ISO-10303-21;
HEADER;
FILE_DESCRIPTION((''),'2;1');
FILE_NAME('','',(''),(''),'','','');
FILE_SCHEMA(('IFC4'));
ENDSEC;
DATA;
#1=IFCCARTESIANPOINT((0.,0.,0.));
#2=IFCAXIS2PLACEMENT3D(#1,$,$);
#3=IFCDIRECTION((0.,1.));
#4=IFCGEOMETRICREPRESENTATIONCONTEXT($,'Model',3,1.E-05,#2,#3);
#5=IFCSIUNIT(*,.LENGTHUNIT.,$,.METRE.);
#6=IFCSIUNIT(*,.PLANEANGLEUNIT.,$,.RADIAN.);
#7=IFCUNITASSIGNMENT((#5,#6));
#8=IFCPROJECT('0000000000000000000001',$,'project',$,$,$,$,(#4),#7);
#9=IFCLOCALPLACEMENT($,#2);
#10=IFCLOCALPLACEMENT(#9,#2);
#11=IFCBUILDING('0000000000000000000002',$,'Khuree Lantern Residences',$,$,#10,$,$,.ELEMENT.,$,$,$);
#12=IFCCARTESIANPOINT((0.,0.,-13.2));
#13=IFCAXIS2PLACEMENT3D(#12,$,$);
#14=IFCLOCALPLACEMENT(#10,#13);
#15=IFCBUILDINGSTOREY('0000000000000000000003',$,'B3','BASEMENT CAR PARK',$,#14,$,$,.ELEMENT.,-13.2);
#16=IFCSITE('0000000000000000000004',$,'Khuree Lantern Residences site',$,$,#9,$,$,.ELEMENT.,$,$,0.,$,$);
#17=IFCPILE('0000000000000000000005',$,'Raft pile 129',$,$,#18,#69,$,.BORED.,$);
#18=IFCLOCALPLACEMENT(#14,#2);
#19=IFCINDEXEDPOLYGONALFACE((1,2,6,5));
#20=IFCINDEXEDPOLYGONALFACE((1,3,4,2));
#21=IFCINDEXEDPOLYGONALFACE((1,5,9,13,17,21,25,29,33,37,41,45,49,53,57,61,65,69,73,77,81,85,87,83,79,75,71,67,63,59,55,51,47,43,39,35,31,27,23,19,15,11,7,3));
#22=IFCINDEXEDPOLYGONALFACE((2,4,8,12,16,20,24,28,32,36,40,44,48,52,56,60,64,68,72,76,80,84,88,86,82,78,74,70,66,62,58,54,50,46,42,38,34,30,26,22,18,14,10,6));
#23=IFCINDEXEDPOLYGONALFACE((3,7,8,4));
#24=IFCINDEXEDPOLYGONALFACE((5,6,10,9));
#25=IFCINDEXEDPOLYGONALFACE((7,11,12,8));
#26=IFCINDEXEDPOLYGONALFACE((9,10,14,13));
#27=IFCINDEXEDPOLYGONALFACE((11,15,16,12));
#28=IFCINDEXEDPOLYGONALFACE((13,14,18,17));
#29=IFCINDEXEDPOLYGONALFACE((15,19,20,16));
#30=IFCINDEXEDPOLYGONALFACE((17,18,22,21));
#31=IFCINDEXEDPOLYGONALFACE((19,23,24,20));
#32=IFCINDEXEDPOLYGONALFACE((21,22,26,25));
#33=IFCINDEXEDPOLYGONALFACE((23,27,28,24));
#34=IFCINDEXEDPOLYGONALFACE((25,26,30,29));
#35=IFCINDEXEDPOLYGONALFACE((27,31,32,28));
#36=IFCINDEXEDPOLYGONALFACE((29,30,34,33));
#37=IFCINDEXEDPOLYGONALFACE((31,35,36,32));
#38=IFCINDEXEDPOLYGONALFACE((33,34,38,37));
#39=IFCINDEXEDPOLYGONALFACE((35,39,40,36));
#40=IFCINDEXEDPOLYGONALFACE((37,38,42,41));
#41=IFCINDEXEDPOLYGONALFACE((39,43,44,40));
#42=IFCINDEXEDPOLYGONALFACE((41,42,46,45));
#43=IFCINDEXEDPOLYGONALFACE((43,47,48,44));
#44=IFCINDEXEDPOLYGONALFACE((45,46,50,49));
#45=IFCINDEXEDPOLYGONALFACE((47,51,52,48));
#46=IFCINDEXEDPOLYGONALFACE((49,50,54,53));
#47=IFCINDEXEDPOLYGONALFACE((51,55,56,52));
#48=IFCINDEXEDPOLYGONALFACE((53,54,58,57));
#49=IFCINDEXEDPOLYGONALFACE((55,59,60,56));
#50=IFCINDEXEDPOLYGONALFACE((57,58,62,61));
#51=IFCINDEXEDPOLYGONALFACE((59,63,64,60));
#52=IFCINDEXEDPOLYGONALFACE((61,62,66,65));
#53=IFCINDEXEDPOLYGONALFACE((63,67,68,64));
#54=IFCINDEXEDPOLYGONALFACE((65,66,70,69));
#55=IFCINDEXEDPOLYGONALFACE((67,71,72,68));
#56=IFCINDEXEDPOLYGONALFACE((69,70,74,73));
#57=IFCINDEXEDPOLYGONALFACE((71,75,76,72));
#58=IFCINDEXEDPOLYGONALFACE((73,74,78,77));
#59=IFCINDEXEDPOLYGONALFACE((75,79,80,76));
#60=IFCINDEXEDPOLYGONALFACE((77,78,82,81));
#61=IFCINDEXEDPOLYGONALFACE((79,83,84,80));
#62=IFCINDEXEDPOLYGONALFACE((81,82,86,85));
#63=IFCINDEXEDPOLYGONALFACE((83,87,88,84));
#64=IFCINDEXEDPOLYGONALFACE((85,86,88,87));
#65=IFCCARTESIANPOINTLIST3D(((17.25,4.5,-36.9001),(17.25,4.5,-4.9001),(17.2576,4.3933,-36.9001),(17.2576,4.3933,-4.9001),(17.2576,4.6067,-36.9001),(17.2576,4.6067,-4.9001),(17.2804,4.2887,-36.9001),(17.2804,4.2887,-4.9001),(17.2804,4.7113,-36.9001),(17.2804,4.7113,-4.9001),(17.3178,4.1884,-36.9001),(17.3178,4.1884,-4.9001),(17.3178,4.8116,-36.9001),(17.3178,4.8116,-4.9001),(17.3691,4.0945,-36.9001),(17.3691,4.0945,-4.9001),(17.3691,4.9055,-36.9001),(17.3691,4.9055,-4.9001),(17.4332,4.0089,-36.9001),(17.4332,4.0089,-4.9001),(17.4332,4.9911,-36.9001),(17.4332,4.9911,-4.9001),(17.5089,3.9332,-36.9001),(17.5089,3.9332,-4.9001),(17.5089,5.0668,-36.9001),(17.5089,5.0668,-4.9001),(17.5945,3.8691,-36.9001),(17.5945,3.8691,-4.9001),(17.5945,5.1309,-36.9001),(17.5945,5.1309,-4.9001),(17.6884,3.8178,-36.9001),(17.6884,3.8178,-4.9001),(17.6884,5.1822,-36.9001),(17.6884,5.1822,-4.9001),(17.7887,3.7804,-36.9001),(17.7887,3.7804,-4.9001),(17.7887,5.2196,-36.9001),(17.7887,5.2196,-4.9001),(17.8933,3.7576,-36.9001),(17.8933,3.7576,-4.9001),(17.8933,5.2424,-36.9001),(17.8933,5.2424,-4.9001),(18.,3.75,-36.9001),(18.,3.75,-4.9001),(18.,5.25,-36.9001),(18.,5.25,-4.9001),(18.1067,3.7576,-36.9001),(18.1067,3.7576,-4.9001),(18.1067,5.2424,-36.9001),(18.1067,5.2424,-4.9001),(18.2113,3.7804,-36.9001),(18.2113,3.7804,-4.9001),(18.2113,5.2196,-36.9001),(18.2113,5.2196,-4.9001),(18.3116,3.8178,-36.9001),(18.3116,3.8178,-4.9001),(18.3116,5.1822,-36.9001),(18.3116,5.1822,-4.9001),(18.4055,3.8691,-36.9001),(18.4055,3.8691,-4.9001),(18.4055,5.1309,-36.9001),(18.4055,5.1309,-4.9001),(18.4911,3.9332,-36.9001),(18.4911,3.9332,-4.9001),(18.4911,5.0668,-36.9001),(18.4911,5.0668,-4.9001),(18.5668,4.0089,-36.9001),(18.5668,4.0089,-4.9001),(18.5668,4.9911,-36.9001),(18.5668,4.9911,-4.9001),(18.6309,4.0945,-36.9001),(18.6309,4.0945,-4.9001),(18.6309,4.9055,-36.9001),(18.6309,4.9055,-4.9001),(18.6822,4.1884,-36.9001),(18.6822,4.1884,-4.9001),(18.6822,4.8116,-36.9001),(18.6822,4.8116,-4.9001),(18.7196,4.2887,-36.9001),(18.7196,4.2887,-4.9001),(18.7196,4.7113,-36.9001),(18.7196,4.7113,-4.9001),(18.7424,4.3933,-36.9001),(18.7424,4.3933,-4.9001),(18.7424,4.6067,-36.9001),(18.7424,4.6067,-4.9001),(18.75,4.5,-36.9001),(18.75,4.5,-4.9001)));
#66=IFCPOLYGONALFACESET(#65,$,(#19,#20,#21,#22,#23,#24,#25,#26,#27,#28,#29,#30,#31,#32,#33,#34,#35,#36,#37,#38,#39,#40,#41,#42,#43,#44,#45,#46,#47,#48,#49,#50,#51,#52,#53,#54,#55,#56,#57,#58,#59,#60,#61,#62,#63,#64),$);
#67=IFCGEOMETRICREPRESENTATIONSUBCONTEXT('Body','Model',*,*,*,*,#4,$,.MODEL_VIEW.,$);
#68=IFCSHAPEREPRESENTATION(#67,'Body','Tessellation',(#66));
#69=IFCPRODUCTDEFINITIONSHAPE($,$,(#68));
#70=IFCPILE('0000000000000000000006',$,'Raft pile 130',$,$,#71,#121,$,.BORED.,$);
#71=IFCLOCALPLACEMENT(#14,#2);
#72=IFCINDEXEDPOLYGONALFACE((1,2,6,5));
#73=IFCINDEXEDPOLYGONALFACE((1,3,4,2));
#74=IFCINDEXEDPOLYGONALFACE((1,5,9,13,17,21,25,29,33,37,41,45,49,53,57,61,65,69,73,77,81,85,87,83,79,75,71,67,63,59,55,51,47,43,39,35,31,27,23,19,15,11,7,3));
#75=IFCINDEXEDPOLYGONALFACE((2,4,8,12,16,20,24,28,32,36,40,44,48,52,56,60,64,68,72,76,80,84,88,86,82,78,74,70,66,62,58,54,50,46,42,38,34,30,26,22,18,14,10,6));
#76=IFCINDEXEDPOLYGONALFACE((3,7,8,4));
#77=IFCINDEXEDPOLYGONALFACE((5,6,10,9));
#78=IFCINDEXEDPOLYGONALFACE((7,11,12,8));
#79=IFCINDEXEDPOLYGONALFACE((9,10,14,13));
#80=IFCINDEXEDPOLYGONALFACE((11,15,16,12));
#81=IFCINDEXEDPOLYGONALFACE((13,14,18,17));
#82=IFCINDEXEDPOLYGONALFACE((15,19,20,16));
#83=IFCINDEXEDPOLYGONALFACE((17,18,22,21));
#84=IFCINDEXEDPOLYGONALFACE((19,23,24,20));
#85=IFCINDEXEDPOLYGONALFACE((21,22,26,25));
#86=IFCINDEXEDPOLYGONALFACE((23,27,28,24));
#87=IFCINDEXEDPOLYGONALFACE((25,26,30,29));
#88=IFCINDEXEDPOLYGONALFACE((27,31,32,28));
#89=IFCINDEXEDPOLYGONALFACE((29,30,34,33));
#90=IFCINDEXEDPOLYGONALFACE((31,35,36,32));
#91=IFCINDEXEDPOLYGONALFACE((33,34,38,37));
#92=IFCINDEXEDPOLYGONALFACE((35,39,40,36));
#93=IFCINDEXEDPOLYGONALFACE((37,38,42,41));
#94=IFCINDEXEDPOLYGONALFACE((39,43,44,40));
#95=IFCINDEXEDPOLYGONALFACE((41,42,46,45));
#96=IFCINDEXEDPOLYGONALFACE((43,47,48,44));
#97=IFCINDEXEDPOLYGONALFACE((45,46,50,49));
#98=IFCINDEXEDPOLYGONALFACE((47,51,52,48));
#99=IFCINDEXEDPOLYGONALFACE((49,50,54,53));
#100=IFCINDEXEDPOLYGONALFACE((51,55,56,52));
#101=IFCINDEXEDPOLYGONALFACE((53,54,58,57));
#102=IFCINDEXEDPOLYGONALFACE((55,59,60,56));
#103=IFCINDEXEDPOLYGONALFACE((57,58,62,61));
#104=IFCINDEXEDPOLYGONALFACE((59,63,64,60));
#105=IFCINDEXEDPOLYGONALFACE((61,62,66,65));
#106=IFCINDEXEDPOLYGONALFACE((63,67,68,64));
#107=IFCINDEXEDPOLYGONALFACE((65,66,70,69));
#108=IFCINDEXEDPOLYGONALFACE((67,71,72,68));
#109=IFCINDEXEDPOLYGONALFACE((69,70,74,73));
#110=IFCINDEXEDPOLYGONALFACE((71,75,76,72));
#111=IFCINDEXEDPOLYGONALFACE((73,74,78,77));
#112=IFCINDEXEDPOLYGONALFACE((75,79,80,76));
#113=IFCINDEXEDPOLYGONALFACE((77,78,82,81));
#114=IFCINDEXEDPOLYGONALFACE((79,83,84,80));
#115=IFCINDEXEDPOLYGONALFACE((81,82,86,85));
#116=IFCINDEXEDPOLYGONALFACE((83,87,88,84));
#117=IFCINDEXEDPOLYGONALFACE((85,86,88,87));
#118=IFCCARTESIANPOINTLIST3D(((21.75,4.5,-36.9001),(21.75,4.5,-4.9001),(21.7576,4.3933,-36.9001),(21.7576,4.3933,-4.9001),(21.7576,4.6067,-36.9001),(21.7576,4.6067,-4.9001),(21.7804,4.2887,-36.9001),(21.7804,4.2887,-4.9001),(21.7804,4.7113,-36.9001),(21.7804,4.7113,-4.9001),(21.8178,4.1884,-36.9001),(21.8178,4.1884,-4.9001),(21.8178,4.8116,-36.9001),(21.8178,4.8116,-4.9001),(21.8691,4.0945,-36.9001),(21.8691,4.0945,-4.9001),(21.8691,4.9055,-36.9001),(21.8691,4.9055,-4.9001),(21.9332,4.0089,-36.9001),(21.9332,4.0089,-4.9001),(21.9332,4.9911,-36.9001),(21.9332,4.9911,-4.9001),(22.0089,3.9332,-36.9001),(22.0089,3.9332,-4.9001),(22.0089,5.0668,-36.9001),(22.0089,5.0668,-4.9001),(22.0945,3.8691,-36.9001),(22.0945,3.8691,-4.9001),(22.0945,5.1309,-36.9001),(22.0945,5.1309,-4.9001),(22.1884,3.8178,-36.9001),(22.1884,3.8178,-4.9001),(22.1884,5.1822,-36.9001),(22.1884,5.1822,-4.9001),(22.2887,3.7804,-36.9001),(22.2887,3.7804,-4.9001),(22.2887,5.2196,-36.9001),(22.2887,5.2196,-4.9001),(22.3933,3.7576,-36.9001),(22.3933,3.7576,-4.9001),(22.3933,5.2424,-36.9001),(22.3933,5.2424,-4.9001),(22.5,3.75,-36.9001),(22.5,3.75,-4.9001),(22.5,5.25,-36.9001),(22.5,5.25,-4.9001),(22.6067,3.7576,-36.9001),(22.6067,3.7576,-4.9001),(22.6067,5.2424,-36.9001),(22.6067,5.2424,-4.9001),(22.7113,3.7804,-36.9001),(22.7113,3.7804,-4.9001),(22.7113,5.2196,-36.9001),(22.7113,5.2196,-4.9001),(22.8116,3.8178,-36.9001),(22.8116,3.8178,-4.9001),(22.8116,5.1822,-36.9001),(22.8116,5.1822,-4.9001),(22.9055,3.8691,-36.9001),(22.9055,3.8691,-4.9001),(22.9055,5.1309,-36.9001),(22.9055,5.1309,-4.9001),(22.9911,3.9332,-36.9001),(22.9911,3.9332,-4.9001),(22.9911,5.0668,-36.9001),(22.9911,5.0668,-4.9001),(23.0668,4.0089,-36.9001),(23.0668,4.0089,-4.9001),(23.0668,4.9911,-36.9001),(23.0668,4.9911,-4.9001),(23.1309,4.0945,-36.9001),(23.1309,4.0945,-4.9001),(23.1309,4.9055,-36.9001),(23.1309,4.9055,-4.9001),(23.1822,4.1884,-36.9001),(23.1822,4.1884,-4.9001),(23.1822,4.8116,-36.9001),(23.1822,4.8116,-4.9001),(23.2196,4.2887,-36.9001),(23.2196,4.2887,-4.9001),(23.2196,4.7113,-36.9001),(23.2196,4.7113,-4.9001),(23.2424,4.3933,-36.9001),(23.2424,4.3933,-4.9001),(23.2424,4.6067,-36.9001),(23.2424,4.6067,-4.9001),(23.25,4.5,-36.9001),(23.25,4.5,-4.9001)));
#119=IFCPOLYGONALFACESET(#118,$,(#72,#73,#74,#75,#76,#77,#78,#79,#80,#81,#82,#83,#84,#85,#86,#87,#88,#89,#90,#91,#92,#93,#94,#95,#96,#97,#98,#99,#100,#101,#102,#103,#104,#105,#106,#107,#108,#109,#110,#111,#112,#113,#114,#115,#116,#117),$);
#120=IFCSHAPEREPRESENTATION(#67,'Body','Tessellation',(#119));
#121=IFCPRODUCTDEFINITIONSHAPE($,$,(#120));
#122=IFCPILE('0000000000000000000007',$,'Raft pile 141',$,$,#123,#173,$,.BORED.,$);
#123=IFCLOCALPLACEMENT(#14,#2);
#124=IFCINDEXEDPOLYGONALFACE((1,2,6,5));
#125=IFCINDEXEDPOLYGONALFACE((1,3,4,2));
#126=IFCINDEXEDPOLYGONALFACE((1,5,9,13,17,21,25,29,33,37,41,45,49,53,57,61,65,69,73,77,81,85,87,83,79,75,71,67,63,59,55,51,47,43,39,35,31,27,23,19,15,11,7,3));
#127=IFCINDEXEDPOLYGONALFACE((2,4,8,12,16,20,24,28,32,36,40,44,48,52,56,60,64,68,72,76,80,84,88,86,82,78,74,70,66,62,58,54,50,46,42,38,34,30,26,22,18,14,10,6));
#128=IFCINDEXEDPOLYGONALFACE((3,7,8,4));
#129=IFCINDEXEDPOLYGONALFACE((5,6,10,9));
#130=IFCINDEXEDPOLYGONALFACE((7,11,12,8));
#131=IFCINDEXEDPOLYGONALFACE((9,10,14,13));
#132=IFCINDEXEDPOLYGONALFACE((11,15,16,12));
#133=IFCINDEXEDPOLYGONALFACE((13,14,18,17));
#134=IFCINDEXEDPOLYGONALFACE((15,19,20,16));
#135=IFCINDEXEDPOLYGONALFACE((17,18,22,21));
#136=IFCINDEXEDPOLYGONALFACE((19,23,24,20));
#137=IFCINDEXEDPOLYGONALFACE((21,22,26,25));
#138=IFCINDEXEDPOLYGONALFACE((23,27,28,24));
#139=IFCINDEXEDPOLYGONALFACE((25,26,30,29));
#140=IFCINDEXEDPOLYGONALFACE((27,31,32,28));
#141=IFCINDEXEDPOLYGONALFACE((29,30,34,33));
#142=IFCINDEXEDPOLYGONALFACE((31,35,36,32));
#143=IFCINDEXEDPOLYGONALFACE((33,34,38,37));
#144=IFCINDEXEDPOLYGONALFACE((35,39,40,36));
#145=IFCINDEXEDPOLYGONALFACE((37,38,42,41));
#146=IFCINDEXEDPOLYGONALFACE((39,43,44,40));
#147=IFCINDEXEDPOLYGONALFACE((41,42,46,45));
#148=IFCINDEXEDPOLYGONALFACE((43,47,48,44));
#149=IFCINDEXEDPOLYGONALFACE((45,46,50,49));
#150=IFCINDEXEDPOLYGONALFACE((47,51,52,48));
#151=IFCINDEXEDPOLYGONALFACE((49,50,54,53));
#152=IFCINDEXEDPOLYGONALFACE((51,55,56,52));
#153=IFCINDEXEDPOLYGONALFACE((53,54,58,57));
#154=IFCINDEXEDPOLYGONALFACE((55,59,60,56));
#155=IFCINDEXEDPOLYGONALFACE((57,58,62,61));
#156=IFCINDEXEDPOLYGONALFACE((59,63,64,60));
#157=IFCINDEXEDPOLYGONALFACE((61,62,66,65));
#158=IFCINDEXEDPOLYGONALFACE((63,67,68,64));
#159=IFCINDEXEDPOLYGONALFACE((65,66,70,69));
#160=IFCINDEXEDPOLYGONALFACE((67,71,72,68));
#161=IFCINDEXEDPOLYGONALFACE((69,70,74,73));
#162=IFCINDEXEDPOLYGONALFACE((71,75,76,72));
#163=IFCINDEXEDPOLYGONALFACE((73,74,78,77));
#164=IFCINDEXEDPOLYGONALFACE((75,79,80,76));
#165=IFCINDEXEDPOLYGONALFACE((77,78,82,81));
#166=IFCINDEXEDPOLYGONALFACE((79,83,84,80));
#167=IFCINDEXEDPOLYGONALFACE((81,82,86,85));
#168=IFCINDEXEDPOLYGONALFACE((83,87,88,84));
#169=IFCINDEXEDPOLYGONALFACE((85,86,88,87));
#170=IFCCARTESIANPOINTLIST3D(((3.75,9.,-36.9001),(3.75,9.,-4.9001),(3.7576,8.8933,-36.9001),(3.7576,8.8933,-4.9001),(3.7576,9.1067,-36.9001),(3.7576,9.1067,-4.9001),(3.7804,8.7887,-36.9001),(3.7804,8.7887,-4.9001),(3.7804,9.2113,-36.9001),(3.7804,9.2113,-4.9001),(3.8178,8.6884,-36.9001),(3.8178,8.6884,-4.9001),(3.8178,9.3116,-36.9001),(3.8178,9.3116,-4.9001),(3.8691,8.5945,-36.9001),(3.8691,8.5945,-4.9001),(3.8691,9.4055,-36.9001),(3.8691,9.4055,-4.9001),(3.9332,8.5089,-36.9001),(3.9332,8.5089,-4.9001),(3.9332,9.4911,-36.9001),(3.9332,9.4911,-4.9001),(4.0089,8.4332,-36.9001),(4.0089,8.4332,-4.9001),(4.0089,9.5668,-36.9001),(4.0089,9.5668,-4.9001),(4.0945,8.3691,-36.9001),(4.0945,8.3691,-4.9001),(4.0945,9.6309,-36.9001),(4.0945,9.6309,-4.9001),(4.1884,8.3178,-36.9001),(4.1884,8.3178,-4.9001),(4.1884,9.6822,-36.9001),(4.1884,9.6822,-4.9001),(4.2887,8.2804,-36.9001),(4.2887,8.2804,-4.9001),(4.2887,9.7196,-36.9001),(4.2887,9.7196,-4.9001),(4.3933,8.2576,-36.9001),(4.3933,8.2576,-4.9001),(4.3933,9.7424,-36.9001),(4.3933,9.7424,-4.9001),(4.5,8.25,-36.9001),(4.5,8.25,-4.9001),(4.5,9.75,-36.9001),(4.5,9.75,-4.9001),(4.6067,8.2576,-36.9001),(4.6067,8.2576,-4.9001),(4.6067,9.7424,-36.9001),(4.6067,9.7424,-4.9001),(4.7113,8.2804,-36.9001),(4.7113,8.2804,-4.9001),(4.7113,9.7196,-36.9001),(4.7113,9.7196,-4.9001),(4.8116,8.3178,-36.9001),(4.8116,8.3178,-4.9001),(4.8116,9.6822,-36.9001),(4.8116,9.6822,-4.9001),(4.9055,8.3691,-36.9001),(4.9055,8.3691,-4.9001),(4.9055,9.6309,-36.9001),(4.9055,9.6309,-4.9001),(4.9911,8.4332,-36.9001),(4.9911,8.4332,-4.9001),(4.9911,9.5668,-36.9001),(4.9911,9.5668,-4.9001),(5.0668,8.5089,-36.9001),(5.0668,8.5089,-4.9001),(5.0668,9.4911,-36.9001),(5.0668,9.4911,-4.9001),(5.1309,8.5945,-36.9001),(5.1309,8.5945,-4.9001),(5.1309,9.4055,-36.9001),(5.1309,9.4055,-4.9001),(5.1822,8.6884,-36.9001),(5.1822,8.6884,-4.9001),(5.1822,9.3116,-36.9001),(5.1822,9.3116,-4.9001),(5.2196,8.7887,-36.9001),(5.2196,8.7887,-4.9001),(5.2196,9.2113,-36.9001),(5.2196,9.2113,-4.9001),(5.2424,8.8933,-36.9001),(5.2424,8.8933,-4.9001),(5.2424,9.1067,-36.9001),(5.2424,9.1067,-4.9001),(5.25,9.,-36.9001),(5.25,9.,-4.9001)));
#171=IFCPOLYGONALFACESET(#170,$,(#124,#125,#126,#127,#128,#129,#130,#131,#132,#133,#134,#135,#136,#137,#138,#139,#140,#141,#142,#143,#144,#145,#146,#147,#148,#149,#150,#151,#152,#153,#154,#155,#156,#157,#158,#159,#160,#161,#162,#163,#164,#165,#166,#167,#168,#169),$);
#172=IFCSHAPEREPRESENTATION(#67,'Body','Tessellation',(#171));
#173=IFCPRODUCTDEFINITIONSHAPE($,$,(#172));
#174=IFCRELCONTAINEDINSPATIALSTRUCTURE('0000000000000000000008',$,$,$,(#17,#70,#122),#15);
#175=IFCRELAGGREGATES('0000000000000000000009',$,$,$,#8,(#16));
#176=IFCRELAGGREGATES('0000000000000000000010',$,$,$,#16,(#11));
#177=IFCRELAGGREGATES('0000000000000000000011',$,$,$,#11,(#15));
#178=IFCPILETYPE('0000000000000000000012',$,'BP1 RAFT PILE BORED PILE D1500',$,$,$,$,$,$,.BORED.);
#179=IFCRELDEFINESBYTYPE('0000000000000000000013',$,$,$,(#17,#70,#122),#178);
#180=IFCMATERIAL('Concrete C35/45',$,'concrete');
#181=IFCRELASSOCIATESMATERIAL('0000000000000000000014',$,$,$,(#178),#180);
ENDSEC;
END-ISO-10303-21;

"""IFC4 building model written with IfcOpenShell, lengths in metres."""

from ifc_helpers import new_model, si_unit, direction, frame, origin, origin_2d, place, context, subcontext, project, spatial, circle, extrude, material, material_profile, profile_set, type_object, element, save


model = new_model("IFC4")

# Units and contexts
model_context = context("Model", 3, precision=1e-05, world=origin(), true_north=direction((0.0, 1.0)))
body_context = subcontext(model_context, "Body", "Model", "MODEL_VIEW")
ifc_project = project(units=[si_unit("LENGTHUNIT", "METRE"), si_unit("PLANEANGLEUNIT", "RADIAN")], contexts=[model_context])

# Site, building, storey
site_placement = place(None, origin())
site = spatial("IfcSite", under=ifc_project, at=site_placement, Name="Khuree Lantern Residences site", CompositionType="ELEMENT", RefElevation=0.0)
building_placement = place(site_placement, origin())
building = spatial("IfcBuilding", under=site, at=building_placement, Name="Khuree Lantern Residences", CompositionType="ELEMENT")
storey_placement = place(building_placement, frame((0.0, 0.0, -13.2)))
storey = spatial("IfcBuildingStorey", under=building, at=storey_placement, Name="B3", Description="BASEMENT CAR PARK", CompositionType="ELEMENT", Elevation=-13.2)

# Piles
ifc_material_1 = material(Name="Concrete C35/45", Category="concrete")
ifc_material_profile_1 = material_profile(ifc_material_1, circle(Radius=0.75, at=origin_2d()), Name="BORED PILE D1500")
ifc_profile_set_1 = profile_set([ifc_material_profile_1], Name="Concrete C35/45")
pile_type = type_object("IfcPileType", Name="BP1 RAFT PILE BORED PILE D1500", PredefinedType="BORED", material=ifc_profile_set_1)
for number, where, z_axis, x_axis, name in (
    (1, (18.0, 4.5, -4.9001), (0.0, 0.0, -1.0), (1.0, 0.0, 0.0), "Raft pile 129"),
    (2, (22.5, 4.5, -4.9001), (0.0, 0.0, -1.0), (1.0, 0.0, 0.0), "Raft pile 130"),
    (3, (4.5, 9.0, -4.9001), (0.0, 0.0, -1.0), (1.0, 0.0, 0.0), "Raft pile 141"),
):
    element("IfcPile", number, at=place(storey_placement, frame(where, z_axis=z_axis, x_axis=x_axis)), inside=storey, type_object=pile_type, Name=name, PredefinedType="BORED", context=body_context, shape_type="SweptSolid", body=[
        extrude(circle(Radius=0.75, at=origin_2d()), origin(), (0.0, 0.0, 1.0), 32.0),
    ])

save(model, "model.ifc")
